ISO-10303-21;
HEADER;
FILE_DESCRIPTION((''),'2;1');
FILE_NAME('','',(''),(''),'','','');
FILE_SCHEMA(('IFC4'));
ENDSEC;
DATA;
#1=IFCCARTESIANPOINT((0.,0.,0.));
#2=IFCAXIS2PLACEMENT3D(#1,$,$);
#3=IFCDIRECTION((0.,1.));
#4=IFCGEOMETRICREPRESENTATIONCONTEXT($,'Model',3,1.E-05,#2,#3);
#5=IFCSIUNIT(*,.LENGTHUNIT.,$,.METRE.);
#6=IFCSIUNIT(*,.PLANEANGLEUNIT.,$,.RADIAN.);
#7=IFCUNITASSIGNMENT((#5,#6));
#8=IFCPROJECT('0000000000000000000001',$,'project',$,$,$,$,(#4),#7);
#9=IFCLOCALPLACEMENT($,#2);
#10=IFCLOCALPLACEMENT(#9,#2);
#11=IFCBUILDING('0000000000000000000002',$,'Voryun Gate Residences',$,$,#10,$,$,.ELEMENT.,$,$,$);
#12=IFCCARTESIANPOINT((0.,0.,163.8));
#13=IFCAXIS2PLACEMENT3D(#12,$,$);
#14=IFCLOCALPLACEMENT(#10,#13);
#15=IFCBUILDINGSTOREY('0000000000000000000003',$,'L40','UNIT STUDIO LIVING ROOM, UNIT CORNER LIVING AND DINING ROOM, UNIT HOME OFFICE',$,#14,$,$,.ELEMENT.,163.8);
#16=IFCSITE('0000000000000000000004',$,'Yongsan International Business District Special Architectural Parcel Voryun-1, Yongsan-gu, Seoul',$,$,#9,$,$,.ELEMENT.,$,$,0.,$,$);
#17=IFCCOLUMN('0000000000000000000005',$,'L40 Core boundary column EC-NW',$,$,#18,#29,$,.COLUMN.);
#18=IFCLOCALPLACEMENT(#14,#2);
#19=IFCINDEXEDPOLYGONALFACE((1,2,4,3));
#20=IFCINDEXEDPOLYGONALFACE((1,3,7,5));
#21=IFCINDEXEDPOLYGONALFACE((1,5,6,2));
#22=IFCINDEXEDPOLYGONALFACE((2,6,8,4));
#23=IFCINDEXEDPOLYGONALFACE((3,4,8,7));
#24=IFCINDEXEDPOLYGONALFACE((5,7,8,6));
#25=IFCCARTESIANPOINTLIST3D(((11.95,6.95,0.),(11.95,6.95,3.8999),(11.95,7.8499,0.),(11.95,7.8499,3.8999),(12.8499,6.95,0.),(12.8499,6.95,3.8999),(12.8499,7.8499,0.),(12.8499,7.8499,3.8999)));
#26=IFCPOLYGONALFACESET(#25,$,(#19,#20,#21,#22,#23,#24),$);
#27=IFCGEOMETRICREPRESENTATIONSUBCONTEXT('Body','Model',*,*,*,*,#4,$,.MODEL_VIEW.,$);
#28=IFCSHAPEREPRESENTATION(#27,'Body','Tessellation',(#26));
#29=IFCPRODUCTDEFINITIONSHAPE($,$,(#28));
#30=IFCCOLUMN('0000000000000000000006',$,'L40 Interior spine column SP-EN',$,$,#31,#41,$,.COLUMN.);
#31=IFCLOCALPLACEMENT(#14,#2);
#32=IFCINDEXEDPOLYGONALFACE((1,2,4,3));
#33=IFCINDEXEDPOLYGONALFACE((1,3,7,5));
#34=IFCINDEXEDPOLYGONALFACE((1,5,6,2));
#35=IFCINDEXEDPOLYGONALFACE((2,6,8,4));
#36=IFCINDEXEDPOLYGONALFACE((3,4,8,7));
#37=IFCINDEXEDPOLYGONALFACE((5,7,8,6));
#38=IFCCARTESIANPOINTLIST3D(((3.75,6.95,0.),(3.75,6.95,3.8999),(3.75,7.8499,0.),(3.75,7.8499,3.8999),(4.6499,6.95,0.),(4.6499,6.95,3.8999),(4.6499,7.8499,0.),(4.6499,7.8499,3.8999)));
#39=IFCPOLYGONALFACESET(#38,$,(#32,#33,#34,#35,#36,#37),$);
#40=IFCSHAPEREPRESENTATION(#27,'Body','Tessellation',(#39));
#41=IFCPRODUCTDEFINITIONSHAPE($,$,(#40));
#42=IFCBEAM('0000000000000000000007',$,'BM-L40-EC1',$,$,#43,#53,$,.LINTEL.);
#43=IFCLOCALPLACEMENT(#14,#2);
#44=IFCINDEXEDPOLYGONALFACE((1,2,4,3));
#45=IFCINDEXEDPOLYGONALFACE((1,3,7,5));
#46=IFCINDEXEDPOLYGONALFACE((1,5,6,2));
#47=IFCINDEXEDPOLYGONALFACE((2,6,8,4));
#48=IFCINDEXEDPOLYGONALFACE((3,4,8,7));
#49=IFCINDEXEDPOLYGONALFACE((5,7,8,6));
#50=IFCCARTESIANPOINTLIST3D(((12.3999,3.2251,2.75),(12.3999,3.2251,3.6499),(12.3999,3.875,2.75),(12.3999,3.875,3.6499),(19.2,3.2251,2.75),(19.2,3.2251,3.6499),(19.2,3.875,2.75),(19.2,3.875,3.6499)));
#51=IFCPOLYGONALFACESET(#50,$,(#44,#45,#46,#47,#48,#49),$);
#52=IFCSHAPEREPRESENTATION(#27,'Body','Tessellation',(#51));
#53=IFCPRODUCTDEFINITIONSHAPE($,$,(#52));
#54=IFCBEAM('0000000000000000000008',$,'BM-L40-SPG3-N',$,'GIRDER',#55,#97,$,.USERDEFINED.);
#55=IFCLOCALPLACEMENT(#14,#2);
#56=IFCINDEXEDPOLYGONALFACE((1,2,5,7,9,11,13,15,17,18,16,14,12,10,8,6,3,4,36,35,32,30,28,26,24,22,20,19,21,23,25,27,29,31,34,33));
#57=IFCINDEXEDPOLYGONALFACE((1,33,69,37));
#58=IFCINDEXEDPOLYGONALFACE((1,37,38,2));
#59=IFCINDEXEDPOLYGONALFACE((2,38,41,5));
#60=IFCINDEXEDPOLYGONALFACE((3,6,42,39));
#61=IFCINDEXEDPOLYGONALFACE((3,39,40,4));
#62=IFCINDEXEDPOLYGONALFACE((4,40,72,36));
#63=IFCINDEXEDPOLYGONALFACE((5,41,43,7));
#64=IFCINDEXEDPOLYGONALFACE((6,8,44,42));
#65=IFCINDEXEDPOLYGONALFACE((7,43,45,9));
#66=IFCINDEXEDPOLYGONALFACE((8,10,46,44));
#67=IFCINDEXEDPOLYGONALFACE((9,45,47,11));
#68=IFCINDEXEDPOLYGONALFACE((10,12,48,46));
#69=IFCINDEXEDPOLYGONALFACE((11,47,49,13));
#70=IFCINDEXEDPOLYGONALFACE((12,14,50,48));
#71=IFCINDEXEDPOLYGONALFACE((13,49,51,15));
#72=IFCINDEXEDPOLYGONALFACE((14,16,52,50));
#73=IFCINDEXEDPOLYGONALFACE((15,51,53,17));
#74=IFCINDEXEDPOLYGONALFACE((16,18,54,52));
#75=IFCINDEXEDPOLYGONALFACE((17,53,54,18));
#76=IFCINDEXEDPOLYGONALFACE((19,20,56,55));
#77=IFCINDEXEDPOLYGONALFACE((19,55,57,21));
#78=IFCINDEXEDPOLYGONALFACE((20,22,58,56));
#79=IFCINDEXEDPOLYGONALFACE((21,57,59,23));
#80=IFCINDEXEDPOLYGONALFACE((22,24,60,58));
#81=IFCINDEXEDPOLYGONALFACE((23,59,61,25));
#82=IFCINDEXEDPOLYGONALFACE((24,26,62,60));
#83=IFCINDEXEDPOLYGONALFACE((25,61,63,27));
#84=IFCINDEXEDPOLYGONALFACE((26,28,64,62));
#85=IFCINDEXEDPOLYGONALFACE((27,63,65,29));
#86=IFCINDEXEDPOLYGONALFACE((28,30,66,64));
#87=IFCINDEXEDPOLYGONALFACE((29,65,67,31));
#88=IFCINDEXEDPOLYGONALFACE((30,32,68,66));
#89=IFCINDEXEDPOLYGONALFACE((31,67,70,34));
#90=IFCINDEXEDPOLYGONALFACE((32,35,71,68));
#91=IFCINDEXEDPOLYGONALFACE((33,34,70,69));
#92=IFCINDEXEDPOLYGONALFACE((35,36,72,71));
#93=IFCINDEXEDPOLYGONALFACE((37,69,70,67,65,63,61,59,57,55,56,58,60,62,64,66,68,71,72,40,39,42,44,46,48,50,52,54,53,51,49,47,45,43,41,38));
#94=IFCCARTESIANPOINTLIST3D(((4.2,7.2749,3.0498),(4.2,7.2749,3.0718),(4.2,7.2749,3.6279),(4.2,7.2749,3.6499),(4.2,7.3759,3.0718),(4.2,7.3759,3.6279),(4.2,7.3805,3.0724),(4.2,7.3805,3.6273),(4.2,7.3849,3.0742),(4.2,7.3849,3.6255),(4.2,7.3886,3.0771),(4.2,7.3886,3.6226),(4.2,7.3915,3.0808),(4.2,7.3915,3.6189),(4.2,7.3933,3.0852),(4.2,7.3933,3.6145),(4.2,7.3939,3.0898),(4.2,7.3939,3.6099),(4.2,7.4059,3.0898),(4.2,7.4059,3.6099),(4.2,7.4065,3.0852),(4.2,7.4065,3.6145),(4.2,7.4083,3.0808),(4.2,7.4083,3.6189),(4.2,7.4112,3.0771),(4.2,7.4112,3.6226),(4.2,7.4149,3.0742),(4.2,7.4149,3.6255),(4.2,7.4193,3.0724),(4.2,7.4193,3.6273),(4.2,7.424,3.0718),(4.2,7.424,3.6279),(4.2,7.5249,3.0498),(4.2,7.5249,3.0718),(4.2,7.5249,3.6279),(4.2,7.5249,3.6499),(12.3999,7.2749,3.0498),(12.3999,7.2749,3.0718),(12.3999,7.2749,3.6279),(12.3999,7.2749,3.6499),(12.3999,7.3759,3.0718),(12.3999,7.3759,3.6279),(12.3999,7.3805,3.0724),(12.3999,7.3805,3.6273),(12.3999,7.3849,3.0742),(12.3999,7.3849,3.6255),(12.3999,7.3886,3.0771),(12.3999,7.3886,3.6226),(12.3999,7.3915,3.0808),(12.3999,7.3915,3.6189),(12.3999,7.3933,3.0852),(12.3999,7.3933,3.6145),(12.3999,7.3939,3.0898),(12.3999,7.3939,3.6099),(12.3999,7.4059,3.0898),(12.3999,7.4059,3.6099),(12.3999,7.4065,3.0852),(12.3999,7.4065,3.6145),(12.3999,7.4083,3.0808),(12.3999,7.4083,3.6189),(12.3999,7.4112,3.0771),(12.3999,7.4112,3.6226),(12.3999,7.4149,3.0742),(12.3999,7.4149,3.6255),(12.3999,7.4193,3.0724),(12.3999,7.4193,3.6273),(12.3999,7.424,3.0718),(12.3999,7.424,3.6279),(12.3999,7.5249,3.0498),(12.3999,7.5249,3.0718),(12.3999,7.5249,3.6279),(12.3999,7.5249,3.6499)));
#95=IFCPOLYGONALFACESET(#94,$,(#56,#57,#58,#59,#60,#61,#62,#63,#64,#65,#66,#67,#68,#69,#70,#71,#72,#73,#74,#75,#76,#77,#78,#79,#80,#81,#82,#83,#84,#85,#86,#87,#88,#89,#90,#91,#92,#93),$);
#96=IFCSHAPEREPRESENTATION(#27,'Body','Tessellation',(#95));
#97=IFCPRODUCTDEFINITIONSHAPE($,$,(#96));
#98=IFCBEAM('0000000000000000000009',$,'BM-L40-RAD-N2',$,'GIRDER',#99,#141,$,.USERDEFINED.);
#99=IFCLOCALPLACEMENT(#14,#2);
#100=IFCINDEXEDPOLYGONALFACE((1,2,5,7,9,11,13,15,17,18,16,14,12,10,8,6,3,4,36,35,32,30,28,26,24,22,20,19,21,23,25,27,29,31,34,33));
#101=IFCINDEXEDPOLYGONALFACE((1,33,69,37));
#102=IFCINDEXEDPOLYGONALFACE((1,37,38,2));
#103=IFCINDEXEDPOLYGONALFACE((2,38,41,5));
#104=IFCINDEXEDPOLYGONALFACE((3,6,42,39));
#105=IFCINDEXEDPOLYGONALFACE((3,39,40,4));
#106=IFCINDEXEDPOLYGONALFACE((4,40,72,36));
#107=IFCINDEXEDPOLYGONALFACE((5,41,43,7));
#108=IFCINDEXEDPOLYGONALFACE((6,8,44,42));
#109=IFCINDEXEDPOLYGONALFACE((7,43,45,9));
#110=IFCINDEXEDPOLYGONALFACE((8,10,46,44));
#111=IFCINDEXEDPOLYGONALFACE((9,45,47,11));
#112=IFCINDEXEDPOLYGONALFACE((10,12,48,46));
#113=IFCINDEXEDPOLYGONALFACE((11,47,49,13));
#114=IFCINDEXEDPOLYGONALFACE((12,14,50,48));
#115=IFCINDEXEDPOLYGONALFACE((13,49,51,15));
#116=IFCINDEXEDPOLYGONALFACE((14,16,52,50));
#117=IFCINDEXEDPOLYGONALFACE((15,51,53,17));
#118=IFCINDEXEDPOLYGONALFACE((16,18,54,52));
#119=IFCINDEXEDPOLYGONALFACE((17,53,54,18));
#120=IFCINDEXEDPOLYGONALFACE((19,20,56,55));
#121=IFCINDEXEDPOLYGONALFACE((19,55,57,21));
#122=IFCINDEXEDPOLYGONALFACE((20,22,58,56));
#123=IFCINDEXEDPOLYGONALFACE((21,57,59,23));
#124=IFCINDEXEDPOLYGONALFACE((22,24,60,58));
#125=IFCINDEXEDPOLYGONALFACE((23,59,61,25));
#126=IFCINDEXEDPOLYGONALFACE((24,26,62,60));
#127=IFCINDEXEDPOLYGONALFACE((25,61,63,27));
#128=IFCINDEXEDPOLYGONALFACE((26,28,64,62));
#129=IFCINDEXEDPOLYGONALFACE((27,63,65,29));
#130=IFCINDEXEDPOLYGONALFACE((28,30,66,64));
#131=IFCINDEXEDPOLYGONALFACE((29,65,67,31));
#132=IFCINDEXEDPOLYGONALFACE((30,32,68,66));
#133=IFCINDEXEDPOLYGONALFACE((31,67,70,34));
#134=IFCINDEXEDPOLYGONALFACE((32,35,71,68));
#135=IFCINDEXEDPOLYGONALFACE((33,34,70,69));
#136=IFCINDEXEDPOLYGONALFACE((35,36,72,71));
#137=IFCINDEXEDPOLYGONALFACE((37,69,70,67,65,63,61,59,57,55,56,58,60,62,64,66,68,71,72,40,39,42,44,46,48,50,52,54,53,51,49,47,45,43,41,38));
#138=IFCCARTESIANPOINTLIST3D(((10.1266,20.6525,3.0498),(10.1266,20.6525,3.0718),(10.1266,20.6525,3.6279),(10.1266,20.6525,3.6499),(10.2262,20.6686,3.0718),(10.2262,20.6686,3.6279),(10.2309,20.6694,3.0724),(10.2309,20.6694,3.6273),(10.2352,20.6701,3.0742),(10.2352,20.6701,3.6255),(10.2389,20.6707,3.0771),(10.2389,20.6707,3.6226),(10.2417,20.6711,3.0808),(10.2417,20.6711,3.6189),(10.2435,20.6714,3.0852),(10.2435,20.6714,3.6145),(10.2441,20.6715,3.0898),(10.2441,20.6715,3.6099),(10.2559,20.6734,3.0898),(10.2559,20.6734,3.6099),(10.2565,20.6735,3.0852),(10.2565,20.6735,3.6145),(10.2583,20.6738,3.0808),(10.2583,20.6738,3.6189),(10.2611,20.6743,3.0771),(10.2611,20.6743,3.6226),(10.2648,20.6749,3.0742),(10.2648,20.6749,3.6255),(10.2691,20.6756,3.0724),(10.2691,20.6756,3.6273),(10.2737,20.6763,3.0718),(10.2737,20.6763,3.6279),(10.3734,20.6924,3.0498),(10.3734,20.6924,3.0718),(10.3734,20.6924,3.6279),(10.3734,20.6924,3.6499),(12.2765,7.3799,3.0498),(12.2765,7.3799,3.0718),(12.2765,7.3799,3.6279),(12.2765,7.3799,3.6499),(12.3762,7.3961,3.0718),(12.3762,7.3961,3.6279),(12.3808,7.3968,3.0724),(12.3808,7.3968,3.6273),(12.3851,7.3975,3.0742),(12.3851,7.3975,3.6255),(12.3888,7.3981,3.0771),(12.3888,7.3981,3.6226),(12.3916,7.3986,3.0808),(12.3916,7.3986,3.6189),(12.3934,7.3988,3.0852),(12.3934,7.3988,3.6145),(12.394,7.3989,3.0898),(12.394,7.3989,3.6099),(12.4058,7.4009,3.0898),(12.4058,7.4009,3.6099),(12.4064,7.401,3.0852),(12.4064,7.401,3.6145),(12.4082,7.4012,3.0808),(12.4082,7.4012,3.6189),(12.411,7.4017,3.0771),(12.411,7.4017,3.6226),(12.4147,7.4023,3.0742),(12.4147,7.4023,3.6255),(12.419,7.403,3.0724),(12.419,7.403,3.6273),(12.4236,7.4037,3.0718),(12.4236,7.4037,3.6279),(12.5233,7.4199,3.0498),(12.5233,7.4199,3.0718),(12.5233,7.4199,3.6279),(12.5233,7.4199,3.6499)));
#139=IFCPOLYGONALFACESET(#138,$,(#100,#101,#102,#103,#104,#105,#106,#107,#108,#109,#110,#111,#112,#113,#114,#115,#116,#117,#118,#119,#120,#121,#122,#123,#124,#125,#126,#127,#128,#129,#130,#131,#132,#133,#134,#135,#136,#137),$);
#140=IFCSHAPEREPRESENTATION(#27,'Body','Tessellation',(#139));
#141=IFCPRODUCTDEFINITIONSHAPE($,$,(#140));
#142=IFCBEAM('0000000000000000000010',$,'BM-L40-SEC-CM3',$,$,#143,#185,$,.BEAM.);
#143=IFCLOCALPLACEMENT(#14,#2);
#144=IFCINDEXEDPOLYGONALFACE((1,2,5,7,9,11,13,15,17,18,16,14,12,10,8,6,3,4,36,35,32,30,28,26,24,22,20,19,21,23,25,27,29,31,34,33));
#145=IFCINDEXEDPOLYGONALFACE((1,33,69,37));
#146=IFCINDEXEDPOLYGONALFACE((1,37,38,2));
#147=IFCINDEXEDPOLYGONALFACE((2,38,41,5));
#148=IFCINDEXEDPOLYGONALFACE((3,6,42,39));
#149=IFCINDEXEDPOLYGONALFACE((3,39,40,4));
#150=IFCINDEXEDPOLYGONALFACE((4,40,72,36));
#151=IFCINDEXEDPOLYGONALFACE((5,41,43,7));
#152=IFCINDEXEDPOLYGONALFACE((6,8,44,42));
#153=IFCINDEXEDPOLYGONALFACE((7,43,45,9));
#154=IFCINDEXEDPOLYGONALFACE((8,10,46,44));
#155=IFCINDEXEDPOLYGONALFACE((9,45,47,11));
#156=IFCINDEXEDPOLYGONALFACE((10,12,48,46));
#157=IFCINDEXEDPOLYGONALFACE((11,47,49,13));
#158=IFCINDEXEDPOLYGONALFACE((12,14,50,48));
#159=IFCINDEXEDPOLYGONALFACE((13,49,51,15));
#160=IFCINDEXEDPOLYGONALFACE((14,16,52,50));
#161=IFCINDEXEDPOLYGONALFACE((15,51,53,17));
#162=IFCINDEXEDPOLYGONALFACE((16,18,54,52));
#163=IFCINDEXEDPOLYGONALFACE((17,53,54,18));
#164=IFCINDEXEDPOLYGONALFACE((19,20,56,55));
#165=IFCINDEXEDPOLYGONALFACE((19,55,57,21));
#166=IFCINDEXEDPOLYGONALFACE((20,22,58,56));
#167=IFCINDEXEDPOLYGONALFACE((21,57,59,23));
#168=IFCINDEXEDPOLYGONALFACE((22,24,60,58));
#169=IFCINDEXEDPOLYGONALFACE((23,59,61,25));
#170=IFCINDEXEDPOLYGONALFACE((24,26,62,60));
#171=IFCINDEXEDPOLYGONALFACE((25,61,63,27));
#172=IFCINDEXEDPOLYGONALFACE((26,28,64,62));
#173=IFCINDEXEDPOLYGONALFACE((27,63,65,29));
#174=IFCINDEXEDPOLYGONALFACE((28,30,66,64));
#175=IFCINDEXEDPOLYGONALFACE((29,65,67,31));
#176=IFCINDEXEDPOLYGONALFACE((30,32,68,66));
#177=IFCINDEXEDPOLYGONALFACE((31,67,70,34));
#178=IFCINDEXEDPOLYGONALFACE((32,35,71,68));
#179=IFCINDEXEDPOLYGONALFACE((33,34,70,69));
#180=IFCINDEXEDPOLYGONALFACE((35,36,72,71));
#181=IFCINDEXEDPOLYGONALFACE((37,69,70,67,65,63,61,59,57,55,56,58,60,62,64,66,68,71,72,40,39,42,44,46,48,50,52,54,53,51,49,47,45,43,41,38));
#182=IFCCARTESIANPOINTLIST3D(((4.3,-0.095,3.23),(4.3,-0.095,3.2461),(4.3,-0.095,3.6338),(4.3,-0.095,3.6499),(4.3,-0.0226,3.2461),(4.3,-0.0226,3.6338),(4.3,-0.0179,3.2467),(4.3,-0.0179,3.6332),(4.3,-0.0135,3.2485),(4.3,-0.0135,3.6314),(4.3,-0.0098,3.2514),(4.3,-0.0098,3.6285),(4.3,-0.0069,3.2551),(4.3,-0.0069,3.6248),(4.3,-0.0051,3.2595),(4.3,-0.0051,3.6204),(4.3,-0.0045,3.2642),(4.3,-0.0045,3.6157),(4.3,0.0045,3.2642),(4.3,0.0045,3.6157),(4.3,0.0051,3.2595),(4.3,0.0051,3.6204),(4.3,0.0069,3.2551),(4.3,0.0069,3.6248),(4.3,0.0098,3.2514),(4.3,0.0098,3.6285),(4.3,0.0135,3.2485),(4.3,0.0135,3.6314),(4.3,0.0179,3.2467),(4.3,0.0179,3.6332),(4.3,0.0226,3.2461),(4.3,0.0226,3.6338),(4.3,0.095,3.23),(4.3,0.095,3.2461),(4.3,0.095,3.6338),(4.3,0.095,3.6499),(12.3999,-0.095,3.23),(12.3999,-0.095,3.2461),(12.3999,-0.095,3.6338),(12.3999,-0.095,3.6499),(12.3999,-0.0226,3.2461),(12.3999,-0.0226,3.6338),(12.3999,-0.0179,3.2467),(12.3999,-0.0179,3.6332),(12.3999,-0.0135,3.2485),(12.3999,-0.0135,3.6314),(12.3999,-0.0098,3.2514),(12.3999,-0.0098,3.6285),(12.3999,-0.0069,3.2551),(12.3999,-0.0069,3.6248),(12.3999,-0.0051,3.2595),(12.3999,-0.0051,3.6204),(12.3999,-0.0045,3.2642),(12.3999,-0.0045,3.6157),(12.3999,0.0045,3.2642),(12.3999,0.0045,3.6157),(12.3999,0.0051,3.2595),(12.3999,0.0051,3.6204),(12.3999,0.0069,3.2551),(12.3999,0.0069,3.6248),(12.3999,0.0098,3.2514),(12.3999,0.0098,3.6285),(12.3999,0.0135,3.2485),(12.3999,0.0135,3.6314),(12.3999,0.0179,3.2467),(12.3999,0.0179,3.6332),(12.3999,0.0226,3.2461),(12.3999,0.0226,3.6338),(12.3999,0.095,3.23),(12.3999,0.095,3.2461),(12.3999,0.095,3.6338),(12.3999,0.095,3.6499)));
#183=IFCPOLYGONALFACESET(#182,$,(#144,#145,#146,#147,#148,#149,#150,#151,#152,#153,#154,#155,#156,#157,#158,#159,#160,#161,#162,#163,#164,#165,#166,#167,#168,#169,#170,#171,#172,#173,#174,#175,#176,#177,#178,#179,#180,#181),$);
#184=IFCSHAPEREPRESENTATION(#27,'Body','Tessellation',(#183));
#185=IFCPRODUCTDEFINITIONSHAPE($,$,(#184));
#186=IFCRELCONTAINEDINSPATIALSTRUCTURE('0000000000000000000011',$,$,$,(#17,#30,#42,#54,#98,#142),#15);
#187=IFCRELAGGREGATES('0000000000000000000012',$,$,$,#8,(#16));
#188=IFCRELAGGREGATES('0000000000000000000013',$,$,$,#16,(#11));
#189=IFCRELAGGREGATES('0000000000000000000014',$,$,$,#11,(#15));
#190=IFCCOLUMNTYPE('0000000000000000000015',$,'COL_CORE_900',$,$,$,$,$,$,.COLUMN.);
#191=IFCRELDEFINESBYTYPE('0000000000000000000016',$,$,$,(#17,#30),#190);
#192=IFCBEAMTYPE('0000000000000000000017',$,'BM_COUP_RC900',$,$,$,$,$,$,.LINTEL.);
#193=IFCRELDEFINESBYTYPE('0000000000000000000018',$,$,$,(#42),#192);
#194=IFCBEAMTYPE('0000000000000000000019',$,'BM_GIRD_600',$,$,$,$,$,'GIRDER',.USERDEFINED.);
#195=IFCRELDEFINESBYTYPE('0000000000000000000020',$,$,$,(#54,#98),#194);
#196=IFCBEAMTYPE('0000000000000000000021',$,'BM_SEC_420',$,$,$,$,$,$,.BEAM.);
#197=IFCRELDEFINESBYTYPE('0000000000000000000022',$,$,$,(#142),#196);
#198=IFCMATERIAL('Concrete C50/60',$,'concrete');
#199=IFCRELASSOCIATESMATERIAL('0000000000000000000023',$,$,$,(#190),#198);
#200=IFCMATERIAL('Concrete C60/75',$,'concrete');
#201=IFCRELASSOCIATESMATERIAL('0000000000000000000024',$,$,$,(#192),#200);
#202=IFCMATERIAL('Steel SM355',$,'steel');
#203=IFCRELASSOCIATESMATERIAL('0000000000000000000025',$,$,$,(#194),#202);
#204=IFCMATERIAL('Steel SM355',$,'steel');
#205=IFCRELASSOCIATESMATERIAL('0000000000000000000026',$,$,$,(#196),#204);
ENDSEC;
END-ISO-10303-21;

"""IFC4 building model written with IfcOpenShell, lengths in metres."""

from ifc_helpers import new_model, si_unit, direction, frame, origin, origin_2d, place, context, subcontext, project, spatial, rectangle, i_section, extrude, material, material_profile, profile_set, type_object, element, save


model = new_model("IFC4")

# Units and contexts
model_context = context("Model", 3, precision=1e-05, world=origin(), true_north=direction((0.0, 1.0)))
body_context = subcontext(model_context, "Body", "Model", "MODEL_VIEW")
ifc_project = project(units=[si_unit("LENGTHUNIT", "METRE"), si_unit("PLANEANGLEUNIT", "RADIAN")], contexts=[model_context])

# Site, building, storey
site_placement = place(None, origin())
site = spatial("IfcSite", under=ifc_project, at=site_placement, Name="Yongsan International Business District Special Architectural Parcel Voryun-1, Yongsan-gu, Seoul", CompositionType="ELEMENT", RefElevation=0.0)
building_placement = place(site_placement, origin())
building = spatial("IfcBuilding", under=site, at=building_placement, Name="Voryun Gate Residences", CompositionType="ELEMENT")
storey_placement = place(building_placement, frame((0.0, 0.0, 163.8)))
storey = spatial("IfcBuildingStorey", under=building, at=storey_placement, Name="L40", Description="UNIT STUDIO LIVING ROOM, UNIT CORNER LIVING AND DINING ROOM, UNIT HOME OFFICE", CompositionType="ELEMENT", Elevation=163.8)

# Columns
ifc_material_1 = material(Name="Concrete C50/60", Category="concrete")
ifc_material_profile_1 = material_profile(ifc_material_1, rectangle(XDim=0.8999, YDim=0.8999, at=origin_2d()), Name="RC-900x900")
ifc_profile_set_1 = profile_set([ifc_material_profile_1], Name="Concrete C50/60")
column_type = type_object("IfcColumnType", Name="COL_CORE_900", PredefinedType="COLUMN", material=ifc_profile_set_1)
for number, where, z_axis, x_axis, name in (
    (1, (12.3999, 7.3999, 0.0), (0.0, 0.0, 1.0), (1.0, 0.0, 0.0), "L40 Core boundary column EC-NW"),
    (2, (4.2, 7.3999, 0.0), (0.0, 0.0, 1.0), (1.0, 0.0, 0.0), "L40 Interior spine column SP-EN"),
):
    element("IfcColumn", number, at=place(storey_placement, frame(where, z_axis=z_axis, x_axis=x_axis)), inside=storey, type_object=column_type, Name=name, PredefinedType="COLUMN", context=body_context, shape_type="SweptSolid", body=[
        extrude(rectangle(XDim=0.8999, YDim=0.8999, at=origin_2d()), origin(), (0.0, 0.0, 1.0), 3.8999),
    ])

# Beams
ifc_material_2 = material(Name="Concrete C60/75", Category="concrete")
ifc_material_profile_2 = material_profile(ifc_material_2, rectangle(XDim=0.6499, YDim=0.8999, at=origin_2d()), Name="RC-650x900")
ifc_profile_set_2 = profile_set([ifc_material_profile_2], Name="Concrete C60/75")
beam_type_1 = type_object("IfcBeamType", Name="BM_COUP_RC900", PredefinedType="LINTEL", material=ifc_profile_set_2)
beam_1_placement = place(storey_placement, frame((12.3999, 3.55, 3.2), z_axis=(1.0, 0.0, 0.0), x_axis=(0.0, 1.0, 0.0)))
element("IfcBeam", 3, at=beam_1_placement, inside=storey, type_object=beam_type_1, Name="BM-L40-EC1", PredefinedType="LINTEL", context=body_context, shape_type="SweptSolid", body=[
    extrude(rectangle(XDim=0.6499, YDim=0.8999, at=origin_2d()), origin(), (0.0, 0.0, 1.0), 6.8),
])
ifc_material_3 = material(Name="Steel SM355", Category="steel")
ifc_material_profile_3 = material_profile(ifc_material_3, i_section(OverallWidth=0.25, OverallDepth=0.6001, WebThickness=0.012, FlangeThickness=0.022, FilletRadius=0.0181, at=origin_2d()), Name="H-600x250x12x22")
ifc_profile_set_3 = profile_set([ifc_material_profile_3], Name="Steel SM355")
beam_type_2 = type_object("IfcBeamType", Name="BM_GIRD_600", ElementType="GIRDER", PredefinedType="USERDEFINED", material=ifc_profile_set_3)
beam_2_placement = place(storey_placement, frame((4.2, 7.3999, 3.3499), z_axis=(1.0, 0.0, 0.0), x_axis=(0.0, 1.0, 0.0)))
element("IfcBeam", 4, at=beam_2_placement, inside=storey, type_object=beam_type_2, Name="BM-L40-SPG3-N", ObjectType="GIRDER", PredefinedType="USERDEFINED", context=body_context, shape_type="SweptSolid", body=[
    extrude(i_section(OverallWidth=0.25, OverallDepth=0.6001, WebThickness=0.012, FlangeThickness=0.022, FilletRadius=0.0181, at=origin_2d()), origin(), (0.0, 0.0, 1.0), 8.2),
])
beam_3_placement = place(storey_placement, frame((12.3999, 7.3999, 3.3499), z_axis=(-0.159898, 0.987134, 0.0), x_axis=(-0.987134, -0.159898, 0.0)))
element("IfcBeam", 5, at=beam_3_placement, inside=storey, type_object=beam_type_2, Name="BM-L40-RAD-N2", ObjectType="GIRDER", PredefinedType="USERDEFINED", context=body_context, shape_type="SweptSolid", body=[
    extrude(i_section(OverallWidth=0.25, OverallDepth=0.6001, WebThickness=0.012, FlangeThickness=0.022, FilletRadius=0.0181, at=origin_2d()), origin(), (0.0, 0.0, 1.0), 13.4456),
])
ifc_material_4 = material(Name="Steel SM355", Category="steel")
ifc_material_profile_4 = material_profile(ifc_material_4, i_section(OverallWidth=0.1899, OverallDepth=0.4199, WebThickness=0.009, FlangeThickness=0.0161, FilletRadius=0.0181, at=origin_2d()), Name="H-420x190x9x16")
ifc_profile_set_4 = profile_set([ifc_material_profile_4], Name="Steel SM355")
beam_type_3 = type_object("IfcBeamType", Name="BM_SEC_420", PredefinedType="BEAM", material=ifc_profile_set_4)
for number, where, z_axis, x_axis, name in (
    (6, (4.3, 0.0, 3.4399), (1.0, 0.0, 0.0), (0.0, 1.0, 0.0), "BM-L40-SEC-CM3"),
):
    element("IfcBeam", number, at=place(storey_placement, frame(where, z_axis=z_axis, x_axis=x_axis)), inside=storey, type_object=beam_type_3, Name=name, PredefinedType="BEAM", context=body_context, shape_type="SweptSolid", body=[
        extrude(i_section(OverallWidth=0.1899, OverallDepth=0.4199, WebThickness=0.009, FlangeThickness=0.0161, FilletRadius=0.0181, at=origin_2d()), origin(), (0.0, 0.0, 1.0), 8.0999),
    ])

save(model, "model.ifc")
